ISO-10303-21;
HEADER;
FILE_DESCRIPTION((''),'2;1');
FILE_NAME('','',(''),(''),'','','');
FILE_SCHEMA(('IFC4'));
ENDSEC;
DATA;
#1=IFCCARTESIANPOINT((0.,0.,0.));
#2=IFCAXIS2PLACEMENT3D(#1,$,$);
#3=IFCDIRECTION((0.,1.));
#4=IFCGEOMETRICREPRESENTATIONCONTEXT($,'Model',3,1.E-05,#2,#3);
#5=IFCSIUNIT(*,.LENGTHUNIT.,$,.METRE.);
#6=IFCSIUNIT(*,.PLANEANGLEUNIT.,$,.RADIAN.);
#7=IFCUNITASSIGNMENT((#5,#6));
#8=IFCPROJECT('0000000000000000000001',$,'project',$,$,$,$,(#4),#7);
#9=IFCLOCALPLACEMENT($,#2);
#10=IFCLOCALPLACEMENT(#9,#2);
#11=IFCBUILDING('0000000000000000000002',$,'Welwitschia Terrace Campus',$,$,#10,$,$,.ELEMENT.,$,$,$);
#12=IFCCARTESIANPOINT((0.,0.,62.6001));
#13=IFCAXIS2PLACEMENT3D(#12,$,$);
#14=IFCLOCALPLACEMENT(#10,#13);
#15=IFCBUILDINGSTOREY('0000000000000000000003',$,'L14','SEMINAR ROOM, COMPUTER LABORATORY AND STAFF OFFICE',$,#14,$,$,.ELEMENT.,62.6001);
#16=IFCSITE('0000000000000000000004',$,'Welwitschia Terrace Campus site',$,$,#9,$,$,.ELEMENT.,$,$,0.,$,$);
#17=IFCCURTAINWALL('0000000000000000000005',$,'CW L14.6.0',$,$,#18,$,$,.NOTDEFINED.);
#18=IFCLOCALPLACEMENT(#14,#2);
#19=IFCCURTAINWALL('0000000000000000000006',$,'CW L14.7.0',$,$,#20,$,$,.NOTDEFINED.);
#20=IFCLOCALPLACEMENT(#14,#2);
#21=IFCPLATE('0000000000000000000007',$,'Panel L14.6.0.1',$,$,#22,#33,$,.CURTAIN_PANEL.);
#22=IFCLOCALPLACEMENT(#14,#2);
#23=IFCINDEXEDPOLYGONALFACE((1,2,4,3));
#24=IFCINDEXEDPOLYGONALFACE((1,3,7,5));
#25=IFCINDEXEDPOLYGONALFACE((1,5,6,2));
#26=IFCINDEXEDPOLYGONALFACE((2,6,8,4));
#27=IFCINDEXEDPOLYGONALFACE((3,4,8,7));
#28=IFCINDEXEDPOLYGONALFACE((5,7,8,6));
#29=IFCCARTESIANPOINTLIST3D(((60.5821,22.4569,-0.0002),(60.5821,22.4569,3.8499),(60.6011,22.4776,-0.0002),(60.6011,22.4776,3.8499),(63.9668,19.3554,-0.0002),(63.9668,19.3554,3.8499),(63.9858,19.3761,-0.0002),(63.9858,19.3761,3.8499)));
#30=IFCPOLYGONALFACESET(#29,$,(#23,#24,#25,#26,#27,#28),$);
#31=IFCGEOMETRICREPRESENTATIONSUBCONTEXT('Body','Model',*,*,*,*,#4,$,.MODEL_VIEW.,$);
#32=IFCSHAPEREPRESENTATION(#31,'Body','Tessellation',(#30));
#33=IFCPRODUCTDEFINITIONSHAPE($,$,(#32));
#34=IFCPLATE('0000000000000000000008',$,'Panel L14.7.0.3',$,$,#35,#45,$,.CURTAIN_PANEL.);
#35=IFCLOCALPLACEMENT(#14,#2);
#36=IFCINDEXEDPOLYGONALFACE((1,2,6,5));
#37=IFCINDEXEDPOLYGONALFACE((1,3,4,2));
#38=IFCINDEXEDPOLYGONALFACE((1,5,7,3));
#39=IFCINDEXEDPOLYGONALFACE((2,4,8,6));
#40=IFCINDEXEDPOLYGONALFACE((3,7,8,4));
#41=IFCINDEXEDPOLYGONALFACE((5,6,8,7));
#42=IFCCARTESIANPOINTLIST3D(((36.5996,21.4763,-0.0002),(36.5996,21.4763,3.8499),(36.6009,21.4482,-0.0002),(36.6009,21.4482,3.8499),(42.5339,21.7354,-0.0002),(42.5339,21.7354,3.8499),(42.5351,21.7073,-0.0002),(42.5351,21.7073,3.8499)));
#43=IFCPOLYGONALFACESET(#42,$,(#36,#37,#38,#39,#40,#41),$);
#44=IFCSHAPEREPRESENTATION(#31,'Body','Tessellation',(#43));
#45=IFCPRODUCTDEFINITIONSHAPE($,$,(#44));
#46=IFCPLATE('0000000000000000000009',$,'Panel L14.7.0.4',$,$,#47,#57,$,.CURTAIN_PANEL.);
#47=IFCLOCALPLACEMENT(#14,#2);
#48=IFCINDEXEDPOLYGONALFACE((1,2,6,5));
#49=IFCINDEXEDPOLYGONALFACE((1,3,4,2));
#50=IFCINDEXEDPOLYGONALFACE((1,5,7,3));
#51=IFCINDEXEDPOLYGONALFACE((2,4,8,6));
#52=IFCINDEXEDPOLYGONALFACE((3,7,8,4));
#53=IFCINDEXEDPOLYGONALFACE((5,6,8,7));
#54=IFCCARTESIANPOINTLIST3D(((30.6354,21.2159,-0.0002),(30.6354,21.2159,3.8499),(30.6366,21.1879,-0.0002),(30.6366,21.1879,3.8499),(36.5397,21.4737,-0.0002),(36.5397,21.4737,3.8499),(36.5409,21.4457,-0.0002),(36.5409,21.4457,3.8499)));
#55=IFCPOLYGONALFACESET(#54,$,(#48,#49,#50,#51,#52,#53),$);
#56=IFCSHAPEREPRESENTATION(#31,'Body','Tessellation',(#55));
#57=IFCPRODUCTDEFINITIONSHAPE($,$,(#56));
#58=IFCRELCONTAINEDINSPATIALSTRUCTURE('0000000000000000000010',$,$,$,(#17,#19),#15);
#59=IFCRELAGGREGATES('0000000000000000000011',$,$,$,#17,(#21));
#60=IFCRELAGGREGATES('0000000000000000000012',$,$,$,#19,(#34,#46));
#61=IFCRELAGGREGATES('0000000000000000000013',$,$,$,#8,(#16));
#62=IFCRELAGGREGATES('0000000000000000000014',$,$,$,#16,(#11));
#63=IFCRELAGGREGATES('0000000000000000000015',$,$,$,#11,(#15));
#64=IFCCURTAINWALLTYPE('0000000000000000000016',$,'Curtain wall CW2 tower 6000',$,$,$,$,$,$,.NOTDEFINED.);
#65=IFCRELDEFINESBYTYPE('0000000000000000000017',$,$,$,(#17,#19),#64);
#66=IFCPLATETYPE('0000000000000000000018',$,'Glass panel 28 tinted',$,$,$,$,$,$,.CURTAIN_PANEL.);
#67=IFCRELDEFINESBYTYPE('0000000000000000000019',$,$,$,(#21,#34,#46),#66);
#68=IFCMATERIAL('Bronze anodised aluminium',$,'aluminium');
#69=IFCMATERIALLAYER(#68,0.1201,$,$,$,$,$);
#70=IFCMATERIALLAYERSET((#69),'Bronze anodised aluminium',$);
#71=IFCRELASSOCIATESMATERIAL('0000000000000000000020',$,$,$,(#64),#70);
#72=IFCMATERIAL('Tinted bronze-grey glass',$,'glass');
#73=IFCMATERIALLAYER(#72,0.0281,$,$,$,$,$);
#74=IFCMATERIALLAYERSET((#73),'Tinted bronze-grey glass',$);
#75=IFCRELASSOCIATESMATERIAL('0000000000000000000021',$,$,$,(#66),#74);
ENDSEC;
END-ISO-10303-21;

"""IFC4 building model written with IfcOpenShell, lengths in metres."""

from ifc_helpers import new_model, si_unit, direction, frame, origin, origin_2d, place, context, subcontext, project, spatial, rectangle, extrude, material, layer, layer_set, type_object, element, aggregate, save


model = new_model("IFC4")

# Units and contexts
model_context = context("Model", 3, precision=1e-05, world=origin(), true_north=direction((0.0, 1.0)))
body_context = subcontext(model_context, "Body", "Model", "MODEL_VIEW")
ifc_project = project(units=[si_unit("LENGTHUNIT", "METRE"), si_unit("PLANEANGLEUNIT", "RADIAN")], contexts=[model_context])

# Site, building, storey
site_placement = place(None, origin())
site = spatial("IfcSite", under=ifc_project, at=site_placement, Name="Welwitschia Terrace Campus site", CompositionType="ELEMENT", RefElevation=0.0)
building_placement = place(site_placement, origin())
building = spatial("IfcBuilding", under=site, at=building_placement, Name="Welwitschia Terrace Campus", CompositionType="ELEMENT")
storey_placement = place(building_placement, frame((0.0, 0.0, 62.6001)))
storey = spatial("IfcBuildingStorey", under=building, at=storey_placement, Name="L14", Description="SEMINAR ROOM, COMPUTER LABORATORY AND STAFF OFFICE", CompositionType="ELEMENT", Elevation=62.6001)

# Curtain wall
ifc_material_1 = material(Name="Bronze anodised aluminium", Category="aluminium")
ifc_layer_1 = layer(ifc_material_1, 0.1201)
ifc_layer_set_1 = layer_set([ifc_layer_1], Name="Bronze anodised aluminium")
curtain_wall_type = type_object("IfcCurtainWallType", Name="Curtain wall CW2 tower 6000", PredefinedType="NOTDEFINED", material=ifc_layer_set_1)
curtain_wall_1_placement = place(storey_placement, origin())
curtain_wall_1 = element("IfcCurtainWall", 1, at=curtain_wall_1_placement, inside=storey, type_object=curtain_wall_type, Name="CW L14.6.0", PredefinedType="NOTDEFINED")

# Curtain wall
curtain_wall_2_placement = place(storey_placement, origin())
curtain_wall_2 = element("IfcCurtainWall", 2, at=curtain_wall_2_placement, inside=storey, type_object=curtain_wall_type, Name="CW L14.7.0", PredefinedType="NOTDEFINED")

# Plates
ifc_material_2 = material(Name="Tinted bronze-grey glass", Category="glass")
ifc_layer_2 = layer(ifc_material_2, 0.0281)
ifc_layer_set_2 = layer_set([ifc_layer_2], Name="Tinted bronze-grey glass")
plate_type = type_object("IfcPlateType", Name="Glass panel 28 tinted", PredefinedType="CURTAIN_PANEL", material=ifc_layer_set_2)
plate_1_placement = place(storey_placement, frame((62.2839, 20.9165, -0.0002), z_axis=(0.0, 0.0, 1.0), x_axis=(-0.737277, 0.67559, 0.0)))
plate_1 = element("IfcPlate", 3, at=plate_1_placement, type_object=plate_type, Name="Panel L14.6.0.1", PredefinedType="CURTAIN_PANEL", context=body_context, shape_type="SweptSolid", body=[
    extrude(rectangle(XDim=4.5908, YDim=0.0281, at=origin_2d()), origin(), (0.0, 0.0, 1.0), 3.8501),
])
aggregate(curtain_wall_1, [plate_1])
plate_2_placement = place(storey_placement, frame((39.5674, 21.5918, -0.0002), z_axis=(0.0, 0.0, 1.0), x_axis=(-0.999048, -0.043619, 0.0)))
plate_2 = element("IfcPlate", 4, at=plate_2_placement, type_object=plate_type, Name="Panel L14.7.0.3", PredefinedType="CURTAIN_PANEL", context=body_context, shape_type="SweptSolid", body=[
    extrude(rectangle(XDim=5.9399, YDim=0.0281, at=origin_2d()), origin(), (0.0, 0.0, 1.0), 3.8501),
])
plate_3_placement = place(storey_placement, frame((33.5881, 21.3308, -0.0002), z_axis=(0.0, 0.0, 1.0), x_axis=(-0.999048, -0.043619, 0.0)))
plate_3 = element("IfcPlate", 5, at=plate_3_placement, type_object=plate_type, Name="Panel L14.7.0.4", PredefinedType="CURTAIN_PANEL", context=body_context, shape_type="SweptSolid", body=[
    extrude(rectangle(XDim=5.9099, YDim=0.0281, at=origin_2d()), origin(), (0.0, 0.0, 1.0), 3.8501),
])
aggregate(curtain_wall_2, [plate_2, plate_3])

save(model, "model.ifc")
